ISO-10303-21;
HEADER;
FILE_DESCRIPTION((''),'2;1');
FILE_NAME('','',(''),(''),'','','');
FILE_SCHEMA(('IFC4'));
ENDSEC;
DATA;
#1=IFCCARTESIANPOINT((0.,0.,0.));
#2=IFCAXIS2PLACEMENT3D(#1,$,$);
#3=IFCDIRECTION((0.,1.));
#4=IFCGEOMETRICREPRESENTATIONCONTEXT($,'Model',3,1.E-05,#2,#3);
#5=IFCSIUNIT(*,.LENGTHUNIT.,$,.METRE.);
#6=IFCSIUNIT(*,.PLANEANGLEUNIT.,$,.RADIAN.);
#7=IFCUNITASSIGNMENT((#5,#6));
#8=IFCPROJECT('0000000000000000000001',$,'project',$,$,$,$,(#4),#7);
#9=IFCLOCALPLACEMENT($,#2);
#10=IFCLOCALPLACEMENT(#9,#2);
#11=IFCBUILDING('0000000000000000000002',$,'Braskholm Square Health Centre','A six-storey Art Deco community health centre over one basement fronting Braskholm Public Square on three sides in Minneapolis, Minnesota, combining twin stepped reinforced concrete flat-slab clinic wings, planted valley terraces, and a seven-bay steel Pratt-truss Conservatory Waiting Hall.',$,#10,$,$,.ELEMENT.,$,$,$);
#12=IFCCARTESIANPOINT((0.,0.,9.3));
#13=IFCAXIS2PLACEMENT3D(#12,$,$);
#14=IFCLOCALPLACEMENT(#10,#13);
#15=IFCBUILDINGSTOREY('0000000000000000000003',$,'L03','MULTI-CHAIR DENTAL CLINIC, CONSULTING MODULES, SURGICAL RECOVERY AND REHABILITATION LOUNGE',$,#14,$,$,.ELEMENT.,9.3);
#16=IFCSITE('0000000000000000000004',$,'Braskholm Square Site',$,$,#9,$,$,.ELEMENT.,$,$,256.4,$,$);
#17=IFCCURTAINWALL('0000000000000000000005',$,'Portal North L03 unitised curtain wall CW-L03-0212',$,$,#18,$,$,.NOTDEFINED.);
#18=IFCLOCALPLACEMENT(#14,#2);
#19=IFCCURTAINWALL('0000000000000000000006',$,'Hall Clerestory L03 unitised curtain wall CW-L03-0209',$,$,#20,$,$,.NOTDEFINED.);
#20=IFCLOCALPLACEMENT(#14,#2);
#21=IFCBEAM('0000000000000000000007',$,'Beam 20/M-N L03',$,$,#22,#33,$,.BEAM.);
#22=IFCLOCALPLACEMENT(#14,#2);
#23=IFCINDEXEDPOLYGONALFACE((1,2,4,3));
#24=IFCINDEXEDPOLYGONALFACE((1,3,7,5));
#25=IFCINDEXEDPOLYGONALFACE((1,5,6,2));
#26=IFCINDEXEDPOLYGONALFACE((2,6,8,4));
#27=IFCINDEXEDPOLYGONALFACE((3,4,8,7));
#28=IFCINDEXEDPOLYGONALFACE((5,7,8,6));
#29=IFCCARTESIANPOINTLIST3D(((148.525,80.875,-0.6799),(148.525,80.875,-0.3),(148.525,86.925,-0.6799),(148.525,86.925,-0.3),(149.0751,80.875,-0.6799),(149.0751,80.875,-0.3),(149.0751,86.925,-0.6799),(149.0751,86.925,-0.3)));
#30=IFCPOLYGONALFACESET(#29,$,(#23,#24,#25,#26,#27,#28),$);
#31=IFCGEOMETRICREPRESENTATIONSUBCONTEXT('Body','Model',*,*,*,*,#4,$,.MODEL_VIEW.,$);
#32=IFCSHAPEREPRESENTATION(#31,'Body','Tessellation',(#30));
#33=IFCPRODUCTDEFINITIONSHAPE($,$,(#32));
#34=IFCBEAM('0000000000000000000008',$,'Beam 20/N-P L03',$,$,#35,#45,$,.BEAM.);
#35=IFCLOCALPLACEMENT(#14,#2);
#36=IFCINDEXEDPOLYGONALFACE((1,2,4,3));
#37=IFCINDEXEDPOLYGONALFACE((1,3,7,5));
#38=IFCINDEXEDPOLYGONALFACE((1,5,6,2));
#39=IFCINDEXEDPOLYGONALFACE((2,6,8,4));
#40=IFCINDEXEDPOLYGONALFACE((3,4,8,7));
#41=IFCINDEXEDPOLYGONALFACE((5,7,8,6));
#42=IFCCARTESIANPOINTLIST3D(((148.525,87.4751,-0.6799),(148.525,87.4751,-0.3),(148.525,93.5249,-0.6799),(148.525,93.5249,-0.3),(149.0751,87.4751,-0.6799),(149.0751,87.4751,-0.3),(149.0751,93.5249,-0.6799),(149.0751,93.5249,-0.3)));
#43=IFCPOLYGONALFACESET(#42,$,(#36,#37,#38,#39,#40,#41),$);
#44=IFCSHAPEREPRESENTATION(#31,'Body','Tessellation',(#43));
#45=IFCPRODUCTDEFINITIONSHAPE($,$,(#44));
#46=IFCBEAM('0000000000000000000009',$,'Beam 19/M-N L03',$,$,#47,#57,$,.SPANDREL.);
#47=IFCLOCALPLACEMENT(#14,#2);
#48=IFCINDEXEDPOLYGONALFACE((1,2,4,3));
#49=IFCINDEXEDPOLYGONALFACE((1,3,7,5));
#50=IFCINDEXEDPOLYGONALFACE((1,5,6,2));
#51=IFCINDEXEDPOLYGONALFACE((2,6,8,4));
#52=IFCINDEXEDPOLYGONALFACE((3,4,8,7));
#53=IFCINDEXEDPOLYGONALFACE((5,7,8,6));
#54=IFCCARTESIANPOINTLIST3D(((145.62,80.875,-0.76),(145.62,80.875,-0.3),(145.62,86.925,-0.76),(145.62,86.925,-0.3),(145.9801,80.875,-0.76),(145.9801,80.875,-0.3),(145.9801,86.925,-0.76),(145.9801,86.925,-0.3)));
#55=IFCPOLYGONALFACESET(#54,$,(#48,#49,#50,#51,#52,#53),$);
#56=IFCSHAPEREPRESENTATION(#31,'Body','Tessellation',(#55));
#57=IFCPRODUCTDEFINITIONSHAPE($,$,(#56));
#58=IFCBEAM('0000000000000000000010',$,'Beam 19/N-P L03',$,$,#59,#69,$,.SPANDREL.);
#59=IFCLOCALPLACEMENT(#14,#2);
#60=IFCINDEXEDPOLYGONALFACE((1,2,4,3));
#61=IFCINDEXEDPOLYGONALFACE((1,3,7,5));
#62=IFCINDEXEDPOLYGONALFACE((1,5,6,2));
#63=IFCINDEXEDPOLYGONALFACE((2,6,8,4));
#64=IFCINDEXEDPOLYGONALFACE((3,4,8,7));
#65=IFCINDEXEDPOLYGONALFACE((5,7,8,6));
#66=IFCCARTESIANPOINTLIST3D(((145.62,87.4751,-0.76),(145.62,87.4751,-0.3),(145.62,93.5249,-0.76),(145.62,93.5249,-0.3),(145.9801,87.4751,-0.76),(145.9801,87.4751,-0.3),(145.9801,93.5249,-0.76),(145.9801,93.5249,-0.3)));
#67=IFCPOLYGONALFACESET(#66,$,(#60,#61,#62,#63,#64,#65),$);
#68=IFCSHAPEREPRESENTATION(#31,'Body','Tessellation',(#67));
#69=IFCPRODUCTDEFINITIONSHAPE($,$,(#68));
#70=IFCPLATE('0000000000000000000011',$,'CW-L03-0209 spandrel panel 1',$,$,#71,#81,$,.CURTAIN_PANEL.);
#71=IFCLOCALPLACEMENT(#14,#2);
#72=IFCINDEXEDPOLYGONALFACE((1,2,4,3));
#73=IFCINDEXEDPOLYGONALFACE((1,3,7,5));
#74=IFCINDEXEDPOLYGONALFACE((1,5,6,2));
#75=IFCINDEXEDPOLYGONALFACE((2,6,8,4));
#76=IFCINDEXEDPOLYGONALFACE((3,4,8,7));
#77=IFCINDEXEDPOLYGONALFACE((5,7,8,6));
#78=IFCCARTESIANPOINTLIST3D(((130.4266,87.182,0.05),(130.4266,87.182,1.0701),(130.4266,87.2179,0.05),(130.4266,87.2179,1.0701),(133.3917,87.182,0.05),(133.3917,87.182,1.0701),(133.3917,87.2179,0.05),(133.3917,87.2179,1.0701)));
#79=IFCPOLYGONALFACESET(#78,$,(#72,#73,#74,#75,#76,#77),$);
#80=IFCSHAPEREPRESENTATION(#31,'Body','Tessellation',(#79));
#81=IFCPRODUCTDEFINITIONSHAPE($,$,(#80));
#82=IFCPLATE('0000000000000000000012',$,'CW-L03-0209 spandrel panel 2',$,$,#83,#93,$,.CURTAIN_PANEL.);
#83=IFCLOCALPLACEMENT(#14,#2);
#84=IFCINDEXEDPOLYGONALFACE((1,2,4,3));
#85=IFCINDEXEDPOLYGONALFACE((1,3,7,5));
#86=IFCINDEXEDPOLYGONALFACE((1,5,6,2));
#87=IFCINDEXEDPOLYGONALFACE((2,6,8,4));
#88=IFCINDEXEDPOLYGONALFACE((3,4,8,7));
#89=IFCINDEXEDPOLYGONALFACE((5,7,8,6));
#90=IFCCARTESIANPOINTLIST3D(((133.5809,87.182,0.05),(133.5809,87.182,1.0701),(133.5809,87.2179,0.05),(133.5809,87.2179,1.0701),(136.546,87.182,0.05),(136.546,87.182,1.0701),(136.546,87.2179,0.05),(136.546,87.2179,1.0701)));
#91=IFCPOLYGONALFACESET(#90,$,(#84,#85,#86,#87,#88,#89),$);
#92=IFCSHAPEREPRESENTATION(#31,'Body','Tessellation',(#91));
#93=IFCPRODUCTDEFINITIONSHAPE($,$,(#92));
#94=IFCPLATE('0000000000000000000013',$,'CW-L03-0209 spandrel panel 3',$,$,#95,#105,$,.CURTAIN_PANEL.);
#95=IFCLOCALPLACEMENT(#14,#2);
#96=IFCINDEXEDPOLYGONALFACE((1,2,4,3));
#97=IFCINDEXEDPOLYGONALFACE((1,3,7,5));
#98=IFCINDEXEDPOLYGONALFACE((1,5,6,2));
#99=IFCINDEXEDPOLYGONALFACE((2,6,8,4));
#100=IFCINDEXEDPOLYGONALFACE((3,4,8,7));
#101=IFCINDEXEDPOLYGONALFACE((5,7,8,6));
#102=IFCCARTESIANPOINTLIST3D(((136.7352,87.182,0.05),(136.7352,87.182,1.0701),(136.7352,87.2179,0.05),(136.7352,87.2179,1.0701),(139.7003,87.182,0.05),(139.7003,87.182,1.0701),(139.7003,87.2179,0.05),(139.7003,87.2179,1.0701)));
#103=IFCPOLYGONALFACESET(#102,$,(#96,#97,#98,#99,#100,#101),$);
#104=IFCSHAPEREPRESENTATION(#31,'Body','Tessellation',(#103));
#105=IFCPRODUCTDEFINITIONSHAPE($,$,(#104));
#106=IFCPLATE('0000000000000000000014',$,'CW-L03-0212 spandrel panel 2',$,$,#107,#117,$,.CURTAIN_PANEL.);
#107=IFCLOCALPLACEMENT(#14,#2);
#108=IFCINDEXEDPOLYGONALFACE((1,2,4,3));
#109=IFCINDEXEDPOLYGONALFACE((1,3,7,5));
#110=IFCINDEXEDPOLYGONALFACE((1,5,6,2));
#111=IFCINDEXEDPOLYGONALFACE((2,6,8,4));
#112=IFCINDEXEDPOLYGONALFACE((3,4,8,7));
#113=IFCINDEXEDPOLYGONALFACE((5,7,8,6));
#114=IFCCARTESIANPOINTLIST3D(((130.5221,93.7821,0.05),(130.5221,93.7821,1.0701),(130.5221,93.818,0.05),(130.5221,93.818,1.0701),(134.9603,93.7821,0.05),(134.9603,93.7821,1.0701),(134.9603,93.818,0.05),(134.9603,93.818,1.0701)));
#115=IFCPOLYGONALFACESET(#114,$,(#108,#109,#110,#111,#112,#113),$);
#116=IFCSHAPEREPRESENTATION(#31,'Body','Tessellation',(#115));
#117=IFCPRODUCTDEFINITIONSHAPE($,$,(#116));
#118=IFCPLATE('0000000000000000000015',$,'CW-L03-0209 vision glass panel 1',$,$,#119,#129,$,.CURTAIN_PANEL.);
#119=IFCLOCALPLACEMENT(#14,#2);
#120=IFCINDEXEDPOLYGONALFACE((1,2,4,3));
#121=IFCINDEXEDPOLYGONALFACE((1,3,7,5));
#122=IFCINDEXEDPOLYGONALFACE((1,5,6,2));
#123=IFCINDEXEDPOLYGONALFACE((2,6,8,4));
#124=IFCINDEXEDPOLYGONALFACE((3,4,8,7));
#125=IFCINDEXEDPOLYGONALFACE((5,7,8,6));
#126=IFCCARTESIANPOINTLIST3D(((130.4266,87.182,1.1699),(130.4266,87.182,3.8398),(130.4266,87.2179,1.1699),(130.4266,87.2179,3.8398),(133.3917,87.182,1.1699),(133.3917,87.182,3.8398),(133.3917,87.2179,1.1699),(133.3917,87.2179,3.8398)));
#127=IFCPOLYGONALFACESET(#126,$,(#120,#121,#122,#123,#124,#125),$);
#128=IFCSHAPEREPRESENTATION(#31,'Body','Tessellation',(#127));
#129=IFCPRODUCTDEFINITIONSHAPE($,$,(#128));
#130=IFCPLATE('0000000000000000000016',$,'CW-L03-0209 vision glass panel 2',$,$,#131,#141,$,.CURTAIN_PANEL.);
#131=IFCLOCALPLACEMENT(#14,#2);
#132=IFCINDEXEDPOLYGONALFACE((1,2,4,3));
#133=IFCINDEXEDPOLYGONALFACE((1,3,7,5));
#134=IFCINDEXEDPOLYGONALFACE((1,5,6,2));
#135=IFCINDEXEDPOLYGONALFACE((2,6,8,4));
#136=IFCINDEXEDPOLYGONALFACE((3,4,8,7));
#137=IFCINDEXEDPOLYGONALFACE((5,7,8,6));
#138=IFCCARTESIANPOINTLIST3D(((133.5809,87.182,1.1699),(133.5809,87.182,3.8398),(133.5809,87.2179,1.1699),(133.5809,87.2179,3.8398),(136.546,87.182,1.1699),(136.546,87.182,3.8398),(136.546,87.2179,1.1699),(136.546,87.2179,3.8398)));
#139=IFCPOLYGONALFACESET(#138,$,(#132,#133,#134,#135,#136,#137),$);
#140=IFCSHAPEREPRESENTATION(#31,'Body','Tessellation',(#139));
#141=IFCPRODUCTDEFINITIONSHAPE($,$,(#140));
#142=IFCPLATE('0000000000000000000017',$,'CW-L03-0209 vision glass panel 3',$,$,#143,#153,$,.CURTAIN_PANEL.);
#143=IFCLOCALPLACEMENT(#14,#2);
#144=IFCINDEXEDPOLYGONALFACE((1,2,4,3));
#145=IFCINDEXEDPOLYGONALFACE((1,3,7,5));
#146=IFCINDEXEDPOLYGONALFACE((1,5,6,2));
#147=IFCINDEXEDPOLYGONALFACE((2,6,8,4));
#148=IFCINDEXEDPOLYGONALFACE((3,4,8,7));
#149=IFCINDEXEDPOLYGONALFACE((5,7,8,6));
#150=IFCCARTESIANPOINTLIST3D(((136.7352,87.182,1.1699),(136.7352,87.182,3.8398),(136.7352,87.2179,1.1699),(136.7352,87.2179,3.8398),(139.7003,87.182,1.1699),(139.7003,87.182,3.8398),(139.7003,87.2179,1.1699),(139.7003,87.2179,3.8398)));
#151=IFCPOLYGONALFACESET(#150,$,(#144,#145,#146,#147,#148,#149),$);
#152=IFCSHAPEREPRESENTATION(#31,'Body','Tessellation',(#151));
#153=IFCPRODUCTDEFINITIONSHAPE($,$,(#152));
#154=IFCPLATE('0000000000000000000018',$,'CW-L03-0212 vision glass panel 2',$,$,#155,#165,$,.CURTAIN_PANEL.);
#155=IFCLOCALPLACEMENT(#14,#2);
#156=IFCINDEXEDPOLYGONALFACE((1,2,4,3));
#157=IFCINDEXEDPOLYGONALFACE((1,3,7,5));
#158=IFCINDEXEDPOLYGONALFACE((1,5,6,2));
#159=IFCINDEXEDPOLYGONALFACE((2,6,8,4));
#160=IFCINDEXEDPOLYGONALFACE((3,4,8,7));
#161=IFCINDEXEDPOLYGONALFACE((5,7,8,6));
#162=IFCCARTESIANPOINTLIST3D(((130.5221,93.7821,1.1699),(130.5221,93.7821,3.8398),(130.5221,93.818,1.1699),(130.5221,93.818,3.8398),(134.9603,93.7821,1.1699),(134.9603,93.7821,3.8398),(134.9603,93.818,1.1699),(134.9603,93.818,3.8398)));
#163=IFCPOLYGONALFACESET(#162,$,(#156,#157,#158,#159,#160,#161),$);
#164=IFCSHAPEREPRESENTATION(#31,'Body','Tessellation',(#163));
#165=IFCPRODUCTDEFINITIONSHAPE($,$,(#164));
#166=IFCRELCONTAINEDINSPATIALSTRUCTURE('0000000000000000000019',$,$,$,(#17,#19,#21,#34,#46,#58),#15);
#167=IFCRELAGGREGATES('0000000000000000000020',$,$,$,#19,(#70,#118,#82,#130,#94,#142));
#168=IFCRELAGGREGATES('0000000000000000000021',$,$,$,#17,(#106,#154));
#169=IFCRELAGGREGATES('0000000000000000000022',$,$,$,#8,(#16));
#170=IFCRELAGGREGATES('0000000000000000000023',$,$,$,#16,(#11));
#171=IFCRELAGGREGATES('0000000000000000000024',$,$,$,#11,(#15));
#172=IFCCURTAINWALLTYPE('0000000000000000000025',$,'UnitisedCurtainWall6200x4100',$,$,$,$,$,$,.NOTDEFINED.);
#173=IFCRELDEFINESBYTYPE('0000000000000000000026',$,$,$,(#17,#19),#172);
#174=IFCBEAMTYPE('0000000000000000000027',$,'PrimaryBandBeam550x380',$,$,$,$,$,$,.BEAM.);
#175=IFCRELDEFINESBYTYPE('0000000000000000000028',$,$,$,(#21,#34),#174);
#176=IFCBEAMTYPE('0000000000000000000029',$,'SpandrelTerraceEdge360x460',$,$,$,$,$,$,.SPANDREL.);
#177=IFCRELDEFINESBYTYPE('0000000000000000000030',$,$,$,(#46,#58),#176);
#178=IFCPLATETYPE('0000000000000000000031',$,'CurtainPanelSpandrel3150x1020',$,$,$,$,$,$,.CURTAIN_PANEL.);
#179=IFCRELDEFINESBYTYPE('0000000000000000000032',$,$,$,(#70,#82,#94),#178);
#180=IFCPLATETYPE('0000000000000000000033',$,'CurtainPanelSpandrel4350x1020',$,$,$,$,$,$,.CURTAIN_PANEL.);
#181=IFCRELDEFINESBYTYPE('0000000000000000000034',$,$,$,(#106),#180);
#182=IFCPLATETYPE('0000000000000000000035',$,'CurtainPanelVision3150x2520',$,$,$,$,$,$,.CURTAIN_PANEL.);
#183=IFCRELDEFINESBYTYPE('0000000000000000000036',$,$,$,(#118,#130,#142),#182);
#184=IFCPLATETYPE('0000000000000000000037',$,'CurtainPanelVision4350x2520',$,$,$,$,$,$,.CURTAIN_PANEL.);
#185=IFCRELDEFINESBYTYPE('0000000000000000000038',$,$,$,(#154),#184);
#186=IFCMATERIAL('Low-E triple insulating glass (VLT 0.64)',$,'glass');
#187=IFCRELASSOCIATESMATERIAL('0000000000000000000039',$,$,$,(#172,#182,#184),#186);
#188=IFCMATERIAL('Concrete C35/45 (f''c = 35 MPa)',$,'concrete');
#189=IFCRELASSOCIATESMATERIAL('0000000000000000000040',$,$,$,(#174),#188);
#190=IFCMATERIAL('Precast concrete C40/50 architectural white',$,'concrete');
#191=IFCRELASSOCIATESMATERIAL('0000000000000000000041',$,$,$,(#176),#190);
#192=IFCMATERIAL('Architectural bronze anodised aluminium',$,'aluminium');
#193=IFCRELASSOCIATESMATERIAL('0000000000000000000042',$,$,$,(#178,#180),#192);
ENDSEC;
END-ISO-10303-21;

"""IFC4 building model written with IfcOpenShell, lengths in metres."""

from ifc_helpers import new_model, si_unit, direction, frame, origin, origin_2d, place, context, subcontext, project, spatial, rectangle, extrude, material, material_profile, profile_set, type_object, element, aggregate, save


model = new_model("IFC4")

# Units and contexts
model_context = context("Model", 3, precision=1e-05, world=origin(), true_north=direction((0.0, 1.0)))
body_context = subcontext(model_context, "Body", "Model", "MODEL_VIEW")
ifc_project = project(units=[si_unit("LENGTHUNIT", "METRE"), si_unit("PLANEANGLEUNIT", "RADIAN")], contexts=[model_context])

# Site, building, storey
site_placement = place(None, origin())
site = spatial("IfcSite", under=ifc_project, at=site_placement, Name="Braskholm Square Site", CompositionType="ELEMENT", RefElevation=256.4)
building_placement = place(site_placement, origin())
building = spatial("IfcBuilding", under=site, at=building_placement, Name="Braskholm Square Health Centre", Description="A six-storey Art Deco community health centre over one basement fronting Braskholm Public Square on three sides in Minneapolis, Minnesota, combining twin stepped reinforced concrete flat-slab clinic wings, planted valley terraces, and a seven-bay steel Pratt-truss Conservatory Waiting Hall.", CompositionType="ELEMENT")
storey_placement = place(building_placement, frame((0.0, 0.0, 9.3)))
storey = spatial("IfcBuildingStorey", under=building, at=storey_placement, Name="L03", Description="MULTI-CHAIR DENTAL CLINIC, CONSULTING MODULES, SURGICAL RECOVERY AND REHABILITATION LOUNGE", CompositionType="ELEMENT", Elevation=9.3)

# Shared definitions
ifc_material_1 = material(Name="Precast concrete C40/50 architectural white", Category="concrete")

# Curtain wall
ifc_material_2 = material(Name="Low-E triple insulating glass (VLT 0.64)", Category="glass")
curtain_wall_type_1 = type_object("IfcCurtainWallType", Name="UnitisedCurtainWall6200x4100", PredefinedType="NOTDEFINED", material=ifc_material_2)
curtain_wall_1_placement = place(storey_placement, origin())
curtain_wall_1 = element("IfcCurtainWall", 1, at=curtain_wall_1_placement, inside=storey, type_object=curtain_wall_type_1, Name="Portal North L03 unitised curtain wall CW-L03-0212", PredefinedType="NOTDEFINED")
ifc_material_3 = material(Name="Architectural bronze anodised aluminium", Category="aluminium")

# Curtain wall
curtain_wall_2_placement = place(storey_placement, origin())
curtain_wall_2 = element("IfcCurtainWall", 2, at=curtain_wall_2_placement, inside=storey, type_object=curtain_wall_type_1, Name="Hall Clerestory L03 unitised curtain wall CW-L03-0209", PredefinedType="NOTDEFINED")

# Beams
ifc_material_4 = material(Name="Concrete C35/45 (f'c = 35 MPa)", Category="concrete")
ifc_material_profile_1 = material_profile(ifc_material_4, rectangle(XDim=0.55, YDim=0.3799, at=origin_2d()), Name="RCB-550X380")
ifc_profile_set_1 = profile_set([ifc_material_profile_1], Name="Concrete C35/45 (f'c = 35 MPa)")
beam_type_1 = type_object("IfcBeamType", Name="PrimaryBandBeam550x380", PredefinedType="BEAM", material=ifc_profile_set_1)
beam_1_placement = place(storey_placement, frame((148.8, 80.875, -0.49), z_axis=(0.0, 1.0, 0.0), x_axis=(-1.0, 0.0, 0.0)))
element("IfcBeam", 3, at=beam_1_placement, inside=storey, type_object=beam_type_1, Name="Beam 20/M-N L03", PredefinedType="BEAM", context=body_context, shape_type="SweptSolid", body=[
    extrude(rectangle(XDim=0.55, YDim=0.3799, at=origin_2d()), origin(), (0.0, 0.0, 1.0), 6.05),
])
beam_2_placement = place(storey_placement, frame((148.8, 87.4751, -0.49), z_axis=(0.0, 1.0, 0.0), x_axis=(-1.0, 0.0, 0.0)))
element("IfcBeam", 4, at=beam_2_placement, inside=storey, type_object=beam_type_1, Name="Beam 20/N-P L03", PredefinedType="BEAM", context=body_context, shape_type="SweptSolid", body=[
    extrude(rectangle(XDim=0.55, YDim=0.3799, at=origin_2d()), origin(), (0.0, 0.0, 1.0), 6.0498),
])
ifc_material_profile_2 = material_profile(ifc_material_1, rectangle(XDim=0.3601, YDim=0.46, at=origin_2d()), Name="RCB-360X460")
ifc_profile_set_2 = profile_set([ifc_material_profile_2], Name="Precast concrete C40/50 architectural white")
beam_type_2 = type_object("IfcBeamType", Name="SpandrelTerraceEdge360x460", PredefinedType="SPANDREL", material=ifc_profile_set_2)
beam_3_placement = place(storey_placement, frame((145.8, 80.875, -0.53), z_axis=(0.0, 1.0, 0.0), x_axis=(-1.0, 0.0, 0.0)))
element("IfcBeam", 5, at=beam_3_placement, inside=storey, type_object=beam_type_2, Name="Beam 19/M-N L03", PredefinedType="SPANDREL", context=body_context, shape_type="SweptSolid", body=[
    extrude(rectangle(XDim=0.3601, YDim=0.46, at=origin_2d()), origin(), (0.0, 0.0, 1.0), 6.05),
])
beam_4_placement = place(storey_placement, frame((145.8, 87.4751, -0.53), z_axis=(0.0, 1.0, 0.0), x_axis=(-1.0, 0.0, 0.0)))
element("IfcBeam", 6, at=beam_4_placement, inside=storey, type_object=beam_type_2, Name="Beam 19/N-P L03", PredefinedType="SPANDREL", context=body_context, shape_type="SweptSolid", body=[
    extrude(rectangle(XDim=0.3601, YDim=0.46, at=origin_2d()), origin(), (0.0, 0.0, 1.0), 6.0498),
])

# Plates
plate_type_1 = type_object("IfcPlateType", Name="CurtainPanelSpandrel3150x1020", PredefinedType="CURTAIN_PANEL", material=ifc_material_3)
plate_1_placement = place(storey_placement, frame((131.9092, 87.2, 0.05), z_axis=(0.0, 0.0, 1.0), x_axis=(1.0, 0.0, 0.0)))
plate_1 = element("IfcPlate", 7, at=plate_1_placement, type_object=plate_type_1, Name="CW-L03-0209 spandrel panel 1", PredefinedType="CURTAIN_PANEL", context=body_context, shape_type="SweptSolid", body=[
    extrude(rectangle(XDim=2.9651, YDim=0.0359, at=origin_2d()), origin(), (0.0, 0.0, 1.0), 1.02),
])
plate_2_placement = place(storey_placement, frame((135.0635, 87.2, 0.05), z_axis=(0.0, 0.0, 1.0), x_axis=(1.0, 0.0, 0.0)))
plate_2 = element("IfcPlate", 8, at=plate_2_placement, type_object=plate_type_1, Name="CW-L03-0209 spandrel panel 2", PredefinedType="CURTAIN_PANEL", context=body_context, shape_type="SweptSolid", body=[
    extrude(rectangle(XDim=2.9651, YDim=0.0359, at=origin_2d()), origin(), (0.0, 0.0, 1.0), 1.02),
])
plate_3_placement = place(storey_placement, frame((138.2178, 87.2, 0.05), z_axis=(0.0, 0.0, 1.0), x_axis=(1.0, 0.0, 0.0)))
plate_3 = element("IfcPlate", 9, at=plate_3_placement, type_object=plate_type_1, Name="CW-L03-0209 spandrel panel 3", PredefinedType="CURTAIN_PANEL", context=body_context, shape_type="SweptSolid", body=[
    extrude(rectangle(XDim=2.9651, YDim=0.0359, at=origin_2d()), origin(), (0.0, 0.0, 1.0), 1.02),
])
plate_type_2 = type_object("IfcPlateType", Name="CurtainPanelSpandrel4350x1020", PredefinedType="CURTAIN_PANEL", material=ifc_material_3)
plate_4_placement = place(storey_placement, frame((132.7412, 93.8, 0.05), z_axis=(0.0, 0.0, 1.0), x_axis=(-1.0, 0.0, 0.0)))
plate_4 = element("IfcPlate", 10, at=plate_4_placement, type_object=plate_type_2, Name="CW-L03-0212 spandrel panel 2", PredefinedType="CURTAIN_PANEL", context=body_context, shape_type="SweptSolid", body=[
    extrude(rectangle(XDim=4.4382, YDim=0.0359, at=origin_2d()), origin(), (0.0, 0.0, 1.0), 1.02),
])
plate_type_3 = type_object("IfcPlateType", Name="CurtainPanelVision3150x2520", PredefinedType="CURTAIN_PANEL", material=ifc_material_2)
plate_5_placement = place(storey_placement, frame((131.9092, 87.2, 1.1699), z_axis=(0.0, 0.0, 1.0), x_axis=(1.0, 0.0, 0.0)))
plate_5 = element("IfcPlate", 11, at=plate_5_placement, type_object=plate_type_3, Name="CW-L03-0209 vision glass panel 1", PredefinedType="CURTAIN_PANEL", context=body_context, shape_type="SweptSolid", body=[
    extrude(rectangle(XDim=2.9651, YDim=0.0359, at=origin_2d()), origin(), (0.0, 0.0, 1.0), 2.6699),
])
plate_6_placement = place(storey_placement, frame((135.0635, 87.2, 1.1699), z_axis=(0.0, 0.0, 1.0), x_axis=(1.0, 0.0, 0.0)))
plate_6 = element("IfcPlate", 12, at=plate_6_placement, type_object=plate_type_3, Name="CW-L03-0209 vision glass panel 2", PredefinedType="CURTAIN_PANEL", context=body_context, shape_type="SweptSolid", body=[
    extrude(rectangle(XDim=2.9651, YDim=0.0359, at=origin_2d()), origin(), (0.0, 0.0, 1.0), 2.6699),
])
plate_7_placement = place(storey_placement, frame((138.2178, 87.2, 1.1699), z_axis=(0.0, 0.0, 1.0), x_axis=(1.0, 0.0, 0.0)))
plate_7 = element("IfcPlate", 13, at=plate_7_placement, type_object=plate_type_3, Name="CW-L03-0209 vision glass panel 3", PredefinedType="CURTAIN_PANEL", context=body_context, shape_type="SweptSolid", body=[
    extrude(rectangle(XDim=2.9651, YDim=0.0359, at=origin_2d()), origin(), (0.0, 0.0, 1.0), 2.6699),
])
aggregate(curtain_wall_2, [plate_1, plate_5, plate_2, plate_6, plate_3, plate_7])
plate_type_4 = type_object("IfcPlateType", Name="CurtainPanelVision4350x2520", PredefinedType="CURTAIN_PANEL", material=ifc_material_2)
plate_8_placement = place(storey_placement, frame((132.7412, 93.8, 1.1699), z_axis=(0.0, 0.0, 1.0), x_axis=(-1.0, 0.0, 0.0)))
plate_8 = element("IfcPlate", 14, at=plate_8_placement, type_object=plate_type_4, Name="CW-L03-0212 vision glass panel 2", PredefinedType="CURTAIN_PANEL", context=body_context, shape_type="SweptSolid", body=[
    extrude(rectangle(XDim=4.4382, YDim=0.0359, at=origin_2d()), origin(), (0.0, 0.0, 1.0), 2.6699),
])
aggregate(curtain_wall_1, [plate_4, plate_8])

save(model, "model.ifc")
